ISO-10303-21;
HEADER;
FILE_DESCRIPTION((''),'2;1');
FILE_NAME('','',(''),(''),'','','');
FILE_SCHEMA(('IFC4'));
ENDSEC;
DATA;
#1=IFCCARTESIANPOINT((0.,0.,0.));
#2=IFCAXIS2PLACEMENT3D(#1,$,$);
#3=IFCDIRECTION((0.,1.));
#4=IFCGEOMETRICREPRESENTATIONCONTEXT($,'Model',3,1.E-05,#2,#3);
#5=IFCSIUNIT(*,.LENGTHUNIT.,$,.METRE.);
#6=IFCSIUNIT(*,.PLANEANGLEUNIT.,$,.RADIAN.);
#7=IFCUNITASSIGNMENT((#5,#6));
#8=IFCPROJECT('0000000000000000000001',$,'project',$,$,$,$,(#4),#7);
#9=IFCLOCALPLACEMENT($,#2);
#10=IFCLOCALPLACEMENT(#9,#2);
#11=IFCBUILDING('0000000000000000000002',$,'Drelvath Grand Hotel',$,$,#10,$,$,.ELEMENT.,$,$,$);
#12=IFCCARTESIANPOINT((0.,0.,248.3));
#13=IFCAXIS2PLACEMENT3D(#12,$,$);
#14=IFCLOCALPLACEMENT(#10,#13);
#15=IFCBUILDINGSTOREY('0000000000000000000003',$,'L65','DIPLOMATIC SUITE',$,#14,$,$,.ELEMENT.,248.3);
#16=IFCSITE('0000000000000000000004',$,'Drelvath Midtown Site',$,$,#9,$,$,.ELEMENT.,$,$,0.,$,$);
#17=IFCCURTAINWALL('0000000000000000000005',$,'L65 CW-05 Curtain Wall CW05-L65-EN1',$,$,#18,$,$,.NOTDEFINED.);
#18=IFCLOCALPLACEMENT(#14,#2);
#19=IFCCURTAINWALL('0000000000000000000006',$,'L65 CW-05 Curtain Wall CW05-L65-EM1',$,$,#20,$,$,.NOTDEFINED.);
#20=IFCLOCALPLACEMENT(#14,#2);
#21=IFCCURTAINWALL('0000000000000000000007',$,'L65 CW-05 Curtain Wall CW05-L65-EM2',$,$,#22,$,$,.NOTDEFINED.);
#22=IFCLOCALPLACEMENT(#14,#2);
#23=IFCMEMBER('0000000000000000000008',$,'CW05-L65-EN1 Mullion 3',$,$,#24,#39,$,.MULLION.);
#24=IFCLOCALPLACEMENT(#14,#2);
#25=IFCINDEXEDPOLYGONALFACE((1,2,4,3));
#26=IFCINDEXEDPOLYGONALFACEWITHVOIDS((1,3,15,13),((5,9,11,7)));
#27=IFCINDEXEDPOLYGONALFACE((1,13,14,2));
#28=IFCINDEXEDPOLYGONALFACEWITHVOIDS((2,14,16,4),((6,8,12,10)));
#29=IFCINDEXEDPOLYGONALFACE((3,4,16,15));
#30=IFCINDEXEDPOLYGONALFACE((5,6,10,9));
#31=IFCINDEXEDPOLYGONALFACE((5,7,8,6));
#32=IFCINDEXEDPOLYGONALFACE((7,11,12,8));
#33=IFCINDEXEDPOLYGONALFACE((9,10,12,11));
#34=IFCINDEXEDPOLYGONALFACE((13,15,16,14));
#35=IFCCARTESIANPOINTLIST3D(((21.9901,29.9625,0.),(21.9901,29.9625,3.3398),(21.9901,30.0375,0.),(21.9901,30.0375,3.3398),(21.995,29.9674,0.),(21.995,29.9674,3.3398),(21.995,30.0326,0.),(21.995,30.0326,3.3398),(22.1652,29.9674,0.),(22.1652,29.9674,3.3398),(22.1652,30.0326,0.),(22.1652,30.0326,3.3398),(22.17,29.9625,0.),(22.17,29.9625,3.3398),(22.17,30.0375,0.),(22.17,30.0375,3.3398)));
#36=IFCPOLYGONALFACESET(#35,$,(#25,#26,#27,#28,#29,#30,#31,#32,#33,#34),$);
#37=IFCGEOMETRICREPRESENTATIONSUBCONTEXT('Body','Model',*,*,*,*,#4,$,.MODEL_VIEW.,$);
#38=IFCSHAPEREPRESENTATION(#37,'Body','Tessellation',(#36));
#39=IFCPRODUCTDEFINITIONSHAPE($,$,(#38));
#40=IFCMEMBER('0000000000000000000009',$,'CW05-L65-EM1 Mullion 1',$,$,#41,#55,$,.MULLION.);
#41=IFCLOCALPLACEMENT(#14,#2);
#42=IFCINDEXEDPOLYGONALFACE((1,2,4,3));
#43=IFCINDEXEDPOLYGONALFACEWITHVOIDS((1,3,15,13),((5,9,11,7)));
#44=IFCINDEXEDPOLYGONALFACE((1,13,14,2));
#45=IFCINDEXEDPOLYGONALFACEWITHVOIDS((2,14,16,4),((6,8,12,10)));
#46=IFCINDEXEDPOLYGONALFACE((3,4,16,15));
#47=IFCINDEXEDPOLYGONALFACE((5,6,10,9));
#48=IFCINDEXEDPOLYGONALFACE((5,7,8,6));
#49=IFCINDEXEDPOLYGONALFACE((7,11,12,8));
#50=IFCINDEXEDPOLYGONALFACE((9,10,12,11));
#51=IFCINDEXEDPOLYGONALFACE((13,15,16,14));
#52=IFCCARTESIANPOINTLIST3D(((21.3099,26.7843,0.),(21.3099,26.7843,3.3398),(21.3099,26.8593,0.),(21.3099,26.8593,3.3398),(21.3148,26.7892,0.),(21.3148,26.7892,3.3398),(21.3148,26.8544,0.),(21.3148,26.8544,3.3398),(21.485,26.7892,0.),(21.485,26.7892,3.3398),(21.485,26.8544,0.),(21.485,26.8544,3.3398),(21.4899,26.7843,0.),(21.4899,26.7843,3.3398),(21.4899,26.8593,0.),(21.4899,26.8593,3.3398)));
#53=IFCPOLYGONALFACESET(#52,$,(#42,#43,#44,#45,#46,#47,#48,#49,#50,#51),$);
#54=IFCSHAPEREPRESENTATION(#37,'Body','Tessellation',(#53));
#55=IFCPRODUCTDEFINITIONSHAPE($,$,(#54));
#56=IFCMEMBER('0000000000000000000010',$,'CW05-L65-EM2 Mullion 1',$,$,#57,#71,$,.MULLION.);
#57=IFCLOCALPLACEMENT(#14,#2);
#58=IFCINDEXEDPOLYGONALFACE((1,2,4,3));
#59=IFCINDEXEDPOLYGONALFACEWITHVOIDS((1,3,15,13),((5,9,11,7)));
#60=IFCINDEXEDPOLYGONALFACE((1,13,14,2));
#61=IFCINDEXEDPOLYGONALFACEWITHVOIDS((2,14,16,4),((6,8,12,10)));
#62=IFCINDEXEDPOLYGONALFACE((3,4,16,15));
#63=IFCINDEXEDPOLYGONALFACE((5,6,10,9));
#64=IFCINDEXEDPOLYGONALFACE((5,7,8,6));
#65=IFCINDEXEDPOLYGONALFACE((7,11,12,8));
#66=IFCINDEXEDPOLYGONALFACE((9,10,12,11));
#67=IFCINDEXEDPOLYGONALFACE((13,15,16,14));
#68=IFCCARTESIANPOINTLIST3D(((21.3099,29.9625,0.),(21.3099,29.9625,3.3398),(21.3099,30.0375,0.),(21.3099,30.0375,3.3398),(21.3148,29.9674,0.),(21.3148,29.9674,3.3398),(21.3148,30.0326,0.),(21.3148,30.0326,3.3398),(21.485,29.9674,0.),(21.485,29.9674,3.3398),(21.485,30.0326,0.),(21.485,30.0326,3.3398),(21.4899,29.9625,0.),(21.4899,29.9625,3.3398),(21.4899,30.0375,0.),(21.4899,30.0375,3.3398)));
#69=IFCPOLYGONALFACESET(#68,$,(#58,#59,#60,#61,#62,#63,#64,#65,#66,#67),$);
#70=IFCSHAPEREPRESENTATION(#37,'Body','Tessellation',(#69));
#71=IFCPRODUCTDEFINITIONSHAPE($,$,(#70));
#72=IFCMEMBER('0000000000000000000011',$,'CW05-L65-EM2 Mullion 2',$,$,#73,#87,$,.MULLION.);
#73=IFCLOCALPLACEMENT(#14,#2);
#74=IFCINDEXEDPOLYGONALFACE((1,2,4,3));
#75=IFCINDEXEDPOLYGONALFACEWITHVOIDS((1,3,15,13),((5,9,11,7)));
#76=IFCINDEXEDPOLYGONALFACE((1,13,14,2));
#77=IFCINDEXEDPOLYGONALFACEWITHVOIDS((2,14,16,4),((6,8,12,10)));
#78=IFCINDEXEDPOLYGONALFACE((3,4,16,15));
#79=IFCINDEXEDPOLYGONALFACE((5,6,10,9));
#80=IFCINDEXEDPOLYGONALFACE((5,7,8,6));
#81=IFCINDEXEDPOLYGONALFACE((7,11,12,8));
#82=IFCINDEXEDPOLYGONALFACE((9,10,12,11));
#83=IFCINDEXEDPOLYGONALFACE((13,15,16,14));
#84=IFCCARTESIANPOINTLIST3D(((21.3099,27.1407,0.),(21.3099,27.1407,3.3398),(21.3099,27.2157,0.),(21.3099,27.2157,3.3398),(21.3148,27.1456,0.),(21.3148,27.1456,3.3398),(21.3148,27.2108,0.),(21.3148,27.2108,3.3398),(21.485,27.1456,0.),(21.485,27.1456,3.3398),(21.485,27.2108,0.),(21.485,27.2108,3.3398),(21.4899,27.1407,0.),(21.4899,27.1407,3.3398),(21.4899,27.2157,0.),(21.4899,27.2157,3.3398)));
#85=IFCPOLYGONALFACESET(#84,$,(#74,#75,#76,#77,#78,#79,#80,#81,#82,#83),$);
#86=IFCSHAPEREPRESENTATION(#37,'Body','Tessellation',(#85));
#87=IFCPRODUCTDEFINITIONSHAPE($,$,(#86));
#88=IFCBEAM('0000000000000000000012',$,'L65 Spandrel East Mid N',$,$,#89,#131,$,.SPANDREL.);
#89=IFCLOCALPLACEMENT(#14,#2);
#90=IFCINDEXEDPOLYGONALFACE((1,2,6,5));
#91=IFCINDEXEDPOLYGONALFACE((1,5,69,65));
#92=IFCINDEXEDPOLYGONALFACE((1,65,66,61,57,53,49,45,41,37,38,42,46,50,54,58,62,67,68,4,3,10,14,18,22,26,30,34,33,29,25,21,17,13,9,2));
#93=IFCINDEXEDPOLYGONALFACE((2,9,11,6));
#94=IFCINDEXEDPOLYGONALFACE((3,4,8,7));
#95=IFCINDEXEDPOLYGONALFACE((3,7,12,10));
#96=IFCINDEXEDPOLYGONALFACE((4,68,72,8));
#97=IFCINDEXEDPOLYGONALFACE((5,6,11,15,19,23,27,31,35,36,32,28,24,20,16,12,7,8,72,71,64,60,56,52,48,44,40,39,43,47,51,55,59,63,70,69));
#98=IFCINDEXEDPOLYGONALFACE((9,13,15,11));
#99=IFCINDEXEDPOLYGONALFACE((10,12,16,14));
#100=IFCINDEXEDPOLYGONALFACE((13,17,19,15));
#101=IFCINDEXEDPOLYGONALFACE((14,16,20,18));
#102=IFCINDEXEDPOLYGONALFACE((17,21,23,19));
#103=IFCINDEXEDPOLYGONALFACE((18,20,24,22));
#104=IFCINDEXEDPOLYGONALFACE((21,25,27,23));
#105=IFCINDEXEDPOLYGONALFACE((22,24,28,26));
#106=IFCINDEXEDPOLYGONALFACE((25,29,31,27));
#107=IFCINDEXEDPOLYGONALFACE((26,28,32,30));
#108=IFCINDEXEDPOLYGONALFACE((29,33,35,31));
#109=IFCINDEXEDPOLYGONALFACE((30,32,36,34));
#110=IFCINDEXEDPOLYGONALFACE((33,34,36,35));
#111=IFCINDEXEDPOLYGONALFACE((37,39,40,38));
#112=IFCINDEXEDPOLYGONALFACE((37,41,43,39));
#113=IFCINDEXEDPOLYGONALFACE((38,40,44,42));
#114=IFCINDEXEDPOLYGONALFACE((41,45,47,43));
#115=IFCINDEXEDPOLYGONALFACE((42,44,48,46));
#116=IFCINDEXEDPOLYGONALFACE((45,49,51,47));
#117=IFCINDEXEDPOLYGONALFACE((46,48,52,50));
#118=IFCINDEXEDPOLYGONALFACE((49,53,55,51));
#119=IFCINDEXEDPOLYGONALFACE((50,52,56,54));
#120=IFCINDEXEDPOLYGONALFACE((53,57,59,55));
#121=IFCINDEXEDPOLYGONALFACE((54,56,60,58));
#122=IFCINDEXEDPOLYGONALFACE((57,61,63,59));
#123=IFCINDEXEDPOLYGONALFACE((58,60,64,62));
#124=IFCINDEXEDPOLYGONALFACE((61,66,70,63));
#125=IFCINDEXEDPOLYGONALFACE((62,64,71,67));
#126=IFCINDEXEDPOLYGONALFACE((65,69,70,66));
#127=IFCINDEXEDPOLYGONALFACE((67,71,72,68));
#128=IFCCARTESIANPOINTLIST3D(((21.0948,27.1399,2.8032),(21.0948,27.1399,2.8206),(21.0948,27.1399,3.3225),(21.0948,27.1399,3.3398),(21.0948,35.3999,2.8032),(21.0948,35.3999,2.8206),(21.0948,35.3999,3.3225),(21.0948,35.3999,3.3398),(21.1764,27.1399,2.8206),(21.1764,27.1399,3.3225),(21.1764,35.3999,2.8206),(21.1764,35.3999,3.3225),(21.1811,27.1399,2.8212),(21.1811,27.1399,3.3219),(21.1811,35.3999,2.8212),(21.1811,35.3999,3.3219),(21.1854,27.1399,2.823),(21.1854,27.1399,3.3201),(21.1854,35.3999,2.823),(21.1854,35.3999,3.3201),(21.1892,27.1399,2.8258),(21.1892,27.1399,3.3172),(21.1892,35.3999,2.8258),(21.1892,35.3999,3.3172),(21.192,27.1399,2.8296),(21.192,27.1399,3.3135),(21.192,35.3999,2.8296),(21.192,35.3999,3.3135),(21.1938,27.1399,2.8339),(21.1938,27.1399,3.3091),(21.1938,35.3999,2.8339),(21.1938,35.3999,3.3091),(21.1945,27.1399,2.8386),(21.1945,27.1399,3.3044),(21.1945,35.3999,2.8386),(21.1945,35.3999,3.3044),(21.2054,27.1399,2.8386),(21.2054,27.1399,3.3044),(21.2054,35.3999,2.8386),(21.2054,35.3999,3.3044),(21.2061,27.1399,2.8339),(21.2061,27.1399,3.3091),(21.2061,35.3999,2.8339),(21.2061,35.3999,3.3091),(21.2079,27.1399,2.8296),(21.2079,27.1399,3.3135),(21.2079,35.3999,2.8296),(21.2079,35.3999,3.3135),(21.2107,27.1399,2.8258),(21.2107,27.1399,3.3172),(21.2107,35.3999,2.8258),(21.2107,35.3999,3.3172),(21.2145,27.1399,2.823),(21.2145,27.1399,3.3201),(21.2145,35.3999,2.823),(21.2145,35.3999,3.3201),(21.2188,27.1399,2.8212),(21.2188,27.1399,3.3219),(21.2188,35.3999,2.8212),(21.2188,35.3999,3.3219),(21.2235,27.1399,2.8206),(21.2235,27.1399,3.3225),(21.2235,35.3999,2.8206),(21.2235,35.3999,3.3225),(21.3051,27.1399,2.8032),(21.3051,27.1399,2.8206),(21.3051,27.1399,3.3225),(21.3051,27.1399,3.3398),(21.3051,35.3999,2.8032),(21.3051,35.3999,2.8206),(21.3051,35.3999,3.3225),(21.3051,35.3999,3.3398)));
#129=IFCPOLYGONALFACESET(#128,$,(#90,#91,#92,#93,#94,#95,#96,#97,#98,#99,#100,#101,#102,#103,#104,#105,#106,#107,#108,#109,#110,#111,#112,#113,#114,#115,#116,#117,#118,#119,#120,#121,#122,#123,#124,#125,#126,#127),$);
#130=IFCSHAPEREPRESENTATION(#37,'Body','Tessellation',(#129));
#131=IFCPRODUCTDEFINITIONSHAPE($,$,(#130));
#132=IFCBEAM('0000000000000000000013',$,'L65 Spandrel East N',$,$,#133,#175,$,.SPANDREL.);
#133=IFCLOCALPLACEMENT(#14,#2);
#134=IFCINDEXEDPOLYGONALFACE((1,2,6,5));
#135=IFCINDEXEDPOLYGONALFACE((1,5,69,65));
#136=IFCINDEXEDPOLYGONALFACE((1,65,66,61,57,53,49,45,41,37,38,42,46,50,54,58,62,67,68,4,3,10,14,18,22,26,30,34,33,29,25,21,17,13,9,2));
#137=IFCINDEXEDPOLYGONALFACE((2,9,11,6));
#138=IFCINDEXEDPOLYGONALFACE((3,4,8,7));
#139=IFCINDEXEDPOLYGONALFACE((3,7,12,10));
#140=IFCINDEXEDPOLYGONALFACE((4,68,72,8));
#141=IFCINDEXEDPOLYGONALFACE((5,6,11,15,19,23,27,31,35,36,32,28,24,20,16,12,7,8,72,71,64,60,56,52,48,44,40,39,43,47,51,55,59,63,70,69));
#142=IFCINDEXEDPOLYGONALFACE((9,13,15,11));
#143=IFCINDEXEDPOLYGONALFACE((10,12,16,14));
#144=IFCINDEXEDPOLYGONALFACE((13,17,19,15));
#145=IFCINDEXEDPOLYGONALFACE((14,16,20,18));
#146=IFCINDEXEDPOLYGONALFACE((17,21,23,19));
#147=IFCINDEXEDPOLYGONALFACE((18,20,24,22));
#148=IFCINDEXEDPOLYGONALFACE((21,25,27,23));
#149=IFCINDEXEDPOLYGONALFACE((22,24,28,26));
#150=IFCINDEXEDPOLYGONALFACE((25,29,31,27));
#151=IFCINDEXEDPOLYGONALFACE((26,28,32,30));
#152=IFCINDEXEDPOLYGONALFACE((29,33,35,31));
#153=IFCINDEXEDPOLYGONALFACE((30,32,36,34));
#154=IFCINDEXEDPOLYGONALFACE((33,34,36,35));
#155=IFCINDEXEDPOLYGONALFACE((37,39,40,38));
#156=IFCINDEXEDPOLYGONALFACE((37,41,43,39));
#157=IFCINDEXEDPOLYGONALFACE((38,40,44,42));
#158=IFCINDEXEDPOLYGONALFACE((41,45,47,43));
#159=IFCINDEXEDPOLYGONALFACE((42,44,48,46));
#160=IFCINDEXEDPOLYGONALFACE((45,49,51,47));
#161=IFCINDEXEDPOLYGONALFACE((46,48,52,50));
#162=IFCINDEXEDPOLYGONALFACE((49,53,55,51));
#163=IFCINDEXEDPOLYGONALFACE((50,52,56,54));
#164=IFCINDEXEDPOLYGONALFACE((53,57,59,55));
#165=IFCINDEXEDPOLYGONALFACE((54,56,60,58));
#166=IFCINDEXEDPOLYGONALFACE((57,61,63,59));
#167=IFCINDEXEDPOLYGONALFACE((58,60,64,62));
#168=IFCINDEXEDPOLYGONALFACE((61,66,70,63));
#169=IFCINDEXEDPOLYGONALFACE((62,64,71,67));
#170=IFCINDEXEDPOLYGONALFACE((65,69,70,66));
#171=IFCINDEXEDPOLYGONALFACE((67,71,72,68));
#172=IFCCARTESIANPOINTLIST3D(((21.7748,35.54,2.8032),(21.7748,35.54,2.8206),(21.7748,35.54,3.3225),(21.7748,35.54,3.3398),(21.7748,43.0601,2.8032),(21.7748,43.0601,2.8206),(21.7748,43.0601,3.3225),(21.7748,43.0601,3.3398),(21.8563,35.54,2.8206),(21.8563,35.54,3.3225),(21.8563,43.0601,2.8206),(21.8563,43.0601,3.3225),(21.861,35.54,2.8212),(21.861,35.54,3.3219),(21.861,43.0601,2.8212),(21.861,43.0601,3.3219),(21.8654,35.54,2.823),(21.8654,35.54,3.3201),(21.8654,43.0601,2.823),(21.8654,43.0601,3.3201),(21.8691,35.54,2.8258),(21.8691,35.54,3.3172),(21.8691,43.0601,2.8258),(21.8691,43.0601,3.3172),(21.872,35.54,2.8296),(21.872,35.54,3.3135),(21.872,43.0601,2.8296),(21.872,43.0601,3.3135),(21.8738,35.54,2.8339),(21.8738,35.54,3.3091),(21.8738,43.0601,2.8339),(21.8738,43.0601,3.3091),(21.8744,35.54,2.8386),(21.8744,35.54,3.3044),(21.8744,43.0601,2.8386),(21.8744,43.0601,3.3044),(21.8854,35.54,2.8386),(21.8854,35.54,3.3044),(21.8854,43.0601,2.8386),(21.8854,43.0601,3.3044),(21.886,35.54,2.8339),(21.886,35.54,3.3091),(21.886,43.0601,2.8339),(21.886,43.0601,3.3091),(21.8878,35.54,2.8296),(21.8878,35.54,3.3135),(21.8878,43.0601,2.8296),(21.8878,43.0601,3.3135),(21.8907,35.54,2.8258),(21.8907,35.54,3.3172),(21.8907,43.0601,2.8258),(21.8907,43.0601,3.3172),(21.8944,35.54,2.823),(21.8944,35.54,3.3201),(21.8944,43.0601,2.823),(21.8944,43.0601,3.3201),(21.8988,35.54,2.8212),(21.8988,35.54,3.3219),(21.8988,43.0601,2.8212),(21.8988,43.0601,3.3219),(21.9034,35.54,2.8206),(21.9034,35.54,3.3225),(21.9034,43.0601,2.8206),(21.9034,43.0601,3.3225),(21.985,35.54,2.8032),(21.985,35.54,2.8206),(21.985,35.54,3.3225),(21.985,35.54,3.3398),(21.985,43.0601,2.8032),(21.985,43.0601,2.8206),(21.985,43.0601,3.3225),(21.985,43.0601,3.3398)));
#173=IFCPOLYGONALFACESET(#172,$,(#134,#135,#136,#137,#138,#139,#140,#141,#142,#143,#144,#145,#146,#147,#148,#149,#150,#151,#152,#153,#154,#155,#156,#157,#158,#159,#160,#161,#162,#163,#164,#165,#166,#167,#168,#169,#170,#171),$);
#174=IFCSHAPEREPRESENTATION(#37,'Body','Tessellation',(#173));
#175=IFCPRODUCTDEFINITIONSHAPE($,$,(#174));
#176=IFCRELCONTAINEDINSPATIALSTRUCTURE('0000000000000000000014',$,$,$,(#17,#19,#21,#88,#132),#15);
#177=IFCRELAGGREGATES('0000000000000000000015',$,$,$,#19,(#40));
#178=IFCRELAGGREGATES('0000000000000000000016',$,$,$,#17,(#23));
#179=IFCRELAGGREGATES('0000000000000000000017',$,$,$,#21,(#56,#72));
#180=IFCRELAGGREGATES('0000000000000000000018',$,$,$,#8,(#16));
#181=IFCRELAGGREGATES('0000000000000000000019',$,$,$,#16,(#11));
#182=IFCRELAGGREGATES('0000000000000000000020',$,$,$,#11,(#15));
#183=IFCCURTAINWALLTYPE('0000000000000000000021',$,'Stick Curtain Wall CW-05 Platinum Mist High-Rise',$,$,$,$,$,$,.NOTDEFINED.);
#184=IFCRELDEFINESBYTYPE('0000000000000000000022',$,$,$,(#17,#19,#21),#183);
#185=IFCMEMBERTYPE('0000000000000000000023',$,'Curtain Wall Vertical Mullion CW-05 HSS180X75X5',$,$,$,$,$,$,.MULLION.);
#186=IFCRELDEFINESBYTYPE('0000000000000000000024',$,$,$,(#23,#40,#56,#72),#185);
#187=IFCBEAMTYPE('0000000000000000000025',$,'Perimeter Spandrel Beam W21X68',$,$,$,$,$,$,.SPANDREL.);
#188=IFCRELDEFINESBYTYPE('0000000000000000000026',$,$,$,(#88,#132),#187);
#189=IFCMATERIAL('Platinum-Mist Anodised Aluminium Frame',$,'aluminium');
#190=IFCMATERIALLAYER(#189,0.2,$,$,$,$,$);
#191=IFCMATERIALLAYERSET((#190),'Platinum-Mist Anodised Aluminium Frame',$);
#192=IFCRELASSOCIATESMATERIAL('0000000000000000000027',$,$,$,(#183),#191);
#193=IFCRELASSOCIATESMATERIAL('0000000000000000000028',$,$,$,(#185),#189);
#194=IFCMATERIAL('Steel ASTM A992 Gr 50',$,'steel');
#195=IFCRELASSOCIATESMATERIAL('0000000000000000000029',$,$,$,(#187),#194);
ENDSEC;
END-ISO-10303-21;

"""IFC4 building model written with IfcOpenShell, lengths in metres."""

from ifc_helpers import new_model, si_unit, direction, frame, origin, origin_2d, place, context, subcontext, project, spatial, hollow_rectangle, i_section, extrude, material, layer, layer_set, material_profile, profile_set, type_object, element, aggregate, save


model = new_model("IFC4")

# Units and contexts
model_context = context("Model", 3, precision=1e-05, world=origin(), true_north=direction((0.0, 1.0)))
body_context = subcontext(model_context, "Body", "Model", "MODEL_VIEW")
ifc_project = project(units=[si_unit("LENGTHUNIT", "METRE"), si_unit("PLANEANGLEUNIT", "RADIAN")], contexts=[model_context])

# Site, building, storey
site_placement = place(None, origin())
site = spatial("IfcSite", under=ifc_project, at=site_placement, Name="Drelvath Midtown Site", CompositionType="ELEMENT", RefElevation=0.0)
building_placement = place(site_placement, origin())
building = spatial("IfcBuilding", under=site, at=building_placement, Name="Drelvath Grand Hotel", CompositionType="ELEMENT")
storey_placement = place(building_placement, frame((0.0, 0.0, 248.3)))
storey = spatial("IfcBuildingStorey", under=building, at=storey_placement, Name="L65", Description="DIPLOMATIC SUITE", CompositionType="ELEMENT", Elevation=248.3)

# Curtain walls
ifc_material_1 = material(Name="Platinum-Mist Anodised Aluminium Frame", Category="aluminium")
ifc_layer_1 = layer(ifc_material_1, 0.2)
ifc_layer_set_1 = layer_set([ifc_layer_1], Name="Platinum-Mist Anodised Aluminium Frame")
curtain_wall_type = type_object("IfcCurtainWallType", Name="Stick Curtain Wall CW-05 Platinum Mist High-Rise", PredefinedType="NOTDEFINED", material=ifc_layer_set_1)
curtain_wall_1_placement = place(storey_placement, origin())
curtain_wall_1 = element("IfcCurtainWall", 1, at=curtain_wall_1_placement, inside=storey, type_object=curtain_wall_type, Name="L65 CW-05 Curtain Wall CW05-L65-EN1", PredefinedType="NOTDEFINED")
curtain_wall_2_placement = place(storey_placement, origin())
curtain_wall_2 = element("IfcCurtainWall", 2, at=curtain_wall_2_placement, inside=storey, type_object=curtain_wall_type, Name="L65 CW-05 Curtain Wall CW05-L65-EM1", PredefinedType="NOTDEFINED")
curtain_wall_3_placement = place(storey_placement, origin())
curtain_wall_3 = element("IfcCurtainWall", 3, at=curtain_wall_3_placement, inside=storey, type_object=curtain_wall_type, Name="L65 CW-05 Curtain Wall CW05-L65-EM2", PredefinedType="NOTDEFINED")

# Members
ifc_material_profile_1 = material_profile(ifc_material_1, hollow_rectangle(XDim=0.075, YDim=0.1799, WallThickness=0.0049, at=origin_2d()), Name="HSS180X75X5")
ifc_profile_set_1 = profile_set([ifc_material_profile_1], Name="Platinum-Mist Anodised Aluminium Frame")
member_type_1 = type_object("IfcMemberType", Name="Curtain Wall Vertical Mullion CW-05 HSS180X75X5", PredefinedType="MULLION", material=ifc_profile_set_1)
member_1_placement = place(storey_placement, frame((22.0801, 30.0, 0.0), z_axis=(0.0, 0.0, 1.0), x_axis=(0.0, 1.0, 0.0)))
member_1 = element("IfcMember", 4, at=member_1_placement, type_object=member_type_1, Name="CW05-L65-EN1 Mullion 3", PredefinedType="MULLION", context=body_context, shape_type="SweptSolid", body=[
    extrude(hollow_rectangle(XDim=0.075, YDim=0.1799, WallThickness=0.0049, at=origin_2d()), origin(), (0.0, 0.0, 1.0), 3.3398),
])
member_2_placement = place(storey_placement, frame((21.3999, 26.8218, 0.0), z_axis=(0.0, 0.0, 1.0), x_axis=(0.0, 1.0, 0.0)))
member_2 = element("IfcMember", 5, at=member_2_placement, type_object=member_type_1, Name="CW05-L65-EM1 Mullion 1", PredefinedType="MULLION", context=body_context, shape_type="SweptSolid", body=[
    extrude(hollow_rectangle(XDim=0.075, YDim=0.1799, WallThickness=0.0049, at=origin_2d()), origin(), (0.0, 0.0, 1.0), 3.3398),
])
aggregate(curtain_wall_2, [member_2])
member_3_placement = place(storey_placement, frame((21.3999, 30.0, 0.0), z_axis=(0.0, 0.0, 1.0), x_axis=(0.0, 1.0, 0.0)))
member_3 = element("IfcMember", 6, at=member_3_placement, type_object=member_type_1, Name="CW05-L65-EM2 Mullion 1", PredefinedType="MULLION", context=body_context, shape_type="SweptSolid", body=[
    extrude(hollow_rectangle(XDim=0.075, YDim=0.1799, WallThickness=0.0049, at=origin_2d()), origin(), (0.0, 0.0, 1.0), 3.3398),
])
member_4_placement = place(storey_placement, frame((21.3999, 27.1782, 0.0), z_axis=(0.0, 0.0, 1.0), x_axis=(0.0, 1.0, 0.0)))
member_4 = element("IfcMember", 7, at=member_4_placement, type_object=member_type_1, Name="CW05-L65-EM2 Mullion 2", PredefinedType="MULLION", context=body_context, shape_type="SweptSolid", body=[
    extrude(hollow_rectangle(XDim=0.075, YDim=0.1799, WallThickness=0.0049, at=origin_2d()), origin(), (0.0, 0.0, 1.0), 3.3398),
])

# Beams
ifc_material_2 = material(Name="Steel ASTM A992 Gr 50", Category="steel")
ifc_material_profile_2 = material_profile(ifc_material_2, i_section(OverallWidth=0.2102, OverallDepth=0.5366, WebThickness=0.011, FlangeThickness=0.0173, FilletRadius=0.0181, at=origin_2d()), Name="W21X68")
ifc_profile_set_2 = profile_set([ifc_material_profile_2], Name="Steel ASTM A992 Gr 50")
beam_type_1 = type_object("IfcBeamType", Name="Perimeter Spandrel Beam W21X68", PredefinedType="SPANDREL", material=ifc_profile_set_2)
beam_1_placement = place(storey_placement, frame((21.2, 27.1399, 3.0715), z_axis=(0.0, 1.0, 0.0), x_axis=(-1.0, 0.0, 0.0)))
element("IfcBeam", 8, at=beam_1_placement, inside=storey, type_object=beam_type_1, Name="L65 Spandrel East Mid N", PredefinedType="SPANDREL", context=body_context, shape_type="SweptSolid", body=[
    extrude(i_section(OverallWidth=0.2102, OverallDepth=0.5366, WebThickness=0.011, FlangeThickness=0.0173, FilletRadius=0.0181, at=origin_2d()), origin(), (0.0, 0.0, 1.0), 8.26),
])
beam_2_placement = place(storey_placement, frame((21.8799, 35.54, 3.0715), z_axis=(0.0, 1.0, 0.0), x_axis=(-1.0, 0.0, 0.0)))
element("IfcBeam", 9, at=beam_2_placement, inside=storey, type_object=beam_type_1, Name="L65 Spandrel East N", PredefinedType="SPANDREL", context=body_context, shape_type="SweptSolid", body=[
    extrude(i_section(OverallWidth=0.2102, OverallDepth=0.5366, WebThickness=0.011, FlangeThickness=0.0173, FilletRadius=0.0181, at=origin_2d()), origin(), (0.0, 0.0, 1.0), 7.52),
])

aggregate(curtain_wall_1, [member_1])
aggregate(curtain_wall_3, [member_3, member_4])

save(model, "model.ifc")
